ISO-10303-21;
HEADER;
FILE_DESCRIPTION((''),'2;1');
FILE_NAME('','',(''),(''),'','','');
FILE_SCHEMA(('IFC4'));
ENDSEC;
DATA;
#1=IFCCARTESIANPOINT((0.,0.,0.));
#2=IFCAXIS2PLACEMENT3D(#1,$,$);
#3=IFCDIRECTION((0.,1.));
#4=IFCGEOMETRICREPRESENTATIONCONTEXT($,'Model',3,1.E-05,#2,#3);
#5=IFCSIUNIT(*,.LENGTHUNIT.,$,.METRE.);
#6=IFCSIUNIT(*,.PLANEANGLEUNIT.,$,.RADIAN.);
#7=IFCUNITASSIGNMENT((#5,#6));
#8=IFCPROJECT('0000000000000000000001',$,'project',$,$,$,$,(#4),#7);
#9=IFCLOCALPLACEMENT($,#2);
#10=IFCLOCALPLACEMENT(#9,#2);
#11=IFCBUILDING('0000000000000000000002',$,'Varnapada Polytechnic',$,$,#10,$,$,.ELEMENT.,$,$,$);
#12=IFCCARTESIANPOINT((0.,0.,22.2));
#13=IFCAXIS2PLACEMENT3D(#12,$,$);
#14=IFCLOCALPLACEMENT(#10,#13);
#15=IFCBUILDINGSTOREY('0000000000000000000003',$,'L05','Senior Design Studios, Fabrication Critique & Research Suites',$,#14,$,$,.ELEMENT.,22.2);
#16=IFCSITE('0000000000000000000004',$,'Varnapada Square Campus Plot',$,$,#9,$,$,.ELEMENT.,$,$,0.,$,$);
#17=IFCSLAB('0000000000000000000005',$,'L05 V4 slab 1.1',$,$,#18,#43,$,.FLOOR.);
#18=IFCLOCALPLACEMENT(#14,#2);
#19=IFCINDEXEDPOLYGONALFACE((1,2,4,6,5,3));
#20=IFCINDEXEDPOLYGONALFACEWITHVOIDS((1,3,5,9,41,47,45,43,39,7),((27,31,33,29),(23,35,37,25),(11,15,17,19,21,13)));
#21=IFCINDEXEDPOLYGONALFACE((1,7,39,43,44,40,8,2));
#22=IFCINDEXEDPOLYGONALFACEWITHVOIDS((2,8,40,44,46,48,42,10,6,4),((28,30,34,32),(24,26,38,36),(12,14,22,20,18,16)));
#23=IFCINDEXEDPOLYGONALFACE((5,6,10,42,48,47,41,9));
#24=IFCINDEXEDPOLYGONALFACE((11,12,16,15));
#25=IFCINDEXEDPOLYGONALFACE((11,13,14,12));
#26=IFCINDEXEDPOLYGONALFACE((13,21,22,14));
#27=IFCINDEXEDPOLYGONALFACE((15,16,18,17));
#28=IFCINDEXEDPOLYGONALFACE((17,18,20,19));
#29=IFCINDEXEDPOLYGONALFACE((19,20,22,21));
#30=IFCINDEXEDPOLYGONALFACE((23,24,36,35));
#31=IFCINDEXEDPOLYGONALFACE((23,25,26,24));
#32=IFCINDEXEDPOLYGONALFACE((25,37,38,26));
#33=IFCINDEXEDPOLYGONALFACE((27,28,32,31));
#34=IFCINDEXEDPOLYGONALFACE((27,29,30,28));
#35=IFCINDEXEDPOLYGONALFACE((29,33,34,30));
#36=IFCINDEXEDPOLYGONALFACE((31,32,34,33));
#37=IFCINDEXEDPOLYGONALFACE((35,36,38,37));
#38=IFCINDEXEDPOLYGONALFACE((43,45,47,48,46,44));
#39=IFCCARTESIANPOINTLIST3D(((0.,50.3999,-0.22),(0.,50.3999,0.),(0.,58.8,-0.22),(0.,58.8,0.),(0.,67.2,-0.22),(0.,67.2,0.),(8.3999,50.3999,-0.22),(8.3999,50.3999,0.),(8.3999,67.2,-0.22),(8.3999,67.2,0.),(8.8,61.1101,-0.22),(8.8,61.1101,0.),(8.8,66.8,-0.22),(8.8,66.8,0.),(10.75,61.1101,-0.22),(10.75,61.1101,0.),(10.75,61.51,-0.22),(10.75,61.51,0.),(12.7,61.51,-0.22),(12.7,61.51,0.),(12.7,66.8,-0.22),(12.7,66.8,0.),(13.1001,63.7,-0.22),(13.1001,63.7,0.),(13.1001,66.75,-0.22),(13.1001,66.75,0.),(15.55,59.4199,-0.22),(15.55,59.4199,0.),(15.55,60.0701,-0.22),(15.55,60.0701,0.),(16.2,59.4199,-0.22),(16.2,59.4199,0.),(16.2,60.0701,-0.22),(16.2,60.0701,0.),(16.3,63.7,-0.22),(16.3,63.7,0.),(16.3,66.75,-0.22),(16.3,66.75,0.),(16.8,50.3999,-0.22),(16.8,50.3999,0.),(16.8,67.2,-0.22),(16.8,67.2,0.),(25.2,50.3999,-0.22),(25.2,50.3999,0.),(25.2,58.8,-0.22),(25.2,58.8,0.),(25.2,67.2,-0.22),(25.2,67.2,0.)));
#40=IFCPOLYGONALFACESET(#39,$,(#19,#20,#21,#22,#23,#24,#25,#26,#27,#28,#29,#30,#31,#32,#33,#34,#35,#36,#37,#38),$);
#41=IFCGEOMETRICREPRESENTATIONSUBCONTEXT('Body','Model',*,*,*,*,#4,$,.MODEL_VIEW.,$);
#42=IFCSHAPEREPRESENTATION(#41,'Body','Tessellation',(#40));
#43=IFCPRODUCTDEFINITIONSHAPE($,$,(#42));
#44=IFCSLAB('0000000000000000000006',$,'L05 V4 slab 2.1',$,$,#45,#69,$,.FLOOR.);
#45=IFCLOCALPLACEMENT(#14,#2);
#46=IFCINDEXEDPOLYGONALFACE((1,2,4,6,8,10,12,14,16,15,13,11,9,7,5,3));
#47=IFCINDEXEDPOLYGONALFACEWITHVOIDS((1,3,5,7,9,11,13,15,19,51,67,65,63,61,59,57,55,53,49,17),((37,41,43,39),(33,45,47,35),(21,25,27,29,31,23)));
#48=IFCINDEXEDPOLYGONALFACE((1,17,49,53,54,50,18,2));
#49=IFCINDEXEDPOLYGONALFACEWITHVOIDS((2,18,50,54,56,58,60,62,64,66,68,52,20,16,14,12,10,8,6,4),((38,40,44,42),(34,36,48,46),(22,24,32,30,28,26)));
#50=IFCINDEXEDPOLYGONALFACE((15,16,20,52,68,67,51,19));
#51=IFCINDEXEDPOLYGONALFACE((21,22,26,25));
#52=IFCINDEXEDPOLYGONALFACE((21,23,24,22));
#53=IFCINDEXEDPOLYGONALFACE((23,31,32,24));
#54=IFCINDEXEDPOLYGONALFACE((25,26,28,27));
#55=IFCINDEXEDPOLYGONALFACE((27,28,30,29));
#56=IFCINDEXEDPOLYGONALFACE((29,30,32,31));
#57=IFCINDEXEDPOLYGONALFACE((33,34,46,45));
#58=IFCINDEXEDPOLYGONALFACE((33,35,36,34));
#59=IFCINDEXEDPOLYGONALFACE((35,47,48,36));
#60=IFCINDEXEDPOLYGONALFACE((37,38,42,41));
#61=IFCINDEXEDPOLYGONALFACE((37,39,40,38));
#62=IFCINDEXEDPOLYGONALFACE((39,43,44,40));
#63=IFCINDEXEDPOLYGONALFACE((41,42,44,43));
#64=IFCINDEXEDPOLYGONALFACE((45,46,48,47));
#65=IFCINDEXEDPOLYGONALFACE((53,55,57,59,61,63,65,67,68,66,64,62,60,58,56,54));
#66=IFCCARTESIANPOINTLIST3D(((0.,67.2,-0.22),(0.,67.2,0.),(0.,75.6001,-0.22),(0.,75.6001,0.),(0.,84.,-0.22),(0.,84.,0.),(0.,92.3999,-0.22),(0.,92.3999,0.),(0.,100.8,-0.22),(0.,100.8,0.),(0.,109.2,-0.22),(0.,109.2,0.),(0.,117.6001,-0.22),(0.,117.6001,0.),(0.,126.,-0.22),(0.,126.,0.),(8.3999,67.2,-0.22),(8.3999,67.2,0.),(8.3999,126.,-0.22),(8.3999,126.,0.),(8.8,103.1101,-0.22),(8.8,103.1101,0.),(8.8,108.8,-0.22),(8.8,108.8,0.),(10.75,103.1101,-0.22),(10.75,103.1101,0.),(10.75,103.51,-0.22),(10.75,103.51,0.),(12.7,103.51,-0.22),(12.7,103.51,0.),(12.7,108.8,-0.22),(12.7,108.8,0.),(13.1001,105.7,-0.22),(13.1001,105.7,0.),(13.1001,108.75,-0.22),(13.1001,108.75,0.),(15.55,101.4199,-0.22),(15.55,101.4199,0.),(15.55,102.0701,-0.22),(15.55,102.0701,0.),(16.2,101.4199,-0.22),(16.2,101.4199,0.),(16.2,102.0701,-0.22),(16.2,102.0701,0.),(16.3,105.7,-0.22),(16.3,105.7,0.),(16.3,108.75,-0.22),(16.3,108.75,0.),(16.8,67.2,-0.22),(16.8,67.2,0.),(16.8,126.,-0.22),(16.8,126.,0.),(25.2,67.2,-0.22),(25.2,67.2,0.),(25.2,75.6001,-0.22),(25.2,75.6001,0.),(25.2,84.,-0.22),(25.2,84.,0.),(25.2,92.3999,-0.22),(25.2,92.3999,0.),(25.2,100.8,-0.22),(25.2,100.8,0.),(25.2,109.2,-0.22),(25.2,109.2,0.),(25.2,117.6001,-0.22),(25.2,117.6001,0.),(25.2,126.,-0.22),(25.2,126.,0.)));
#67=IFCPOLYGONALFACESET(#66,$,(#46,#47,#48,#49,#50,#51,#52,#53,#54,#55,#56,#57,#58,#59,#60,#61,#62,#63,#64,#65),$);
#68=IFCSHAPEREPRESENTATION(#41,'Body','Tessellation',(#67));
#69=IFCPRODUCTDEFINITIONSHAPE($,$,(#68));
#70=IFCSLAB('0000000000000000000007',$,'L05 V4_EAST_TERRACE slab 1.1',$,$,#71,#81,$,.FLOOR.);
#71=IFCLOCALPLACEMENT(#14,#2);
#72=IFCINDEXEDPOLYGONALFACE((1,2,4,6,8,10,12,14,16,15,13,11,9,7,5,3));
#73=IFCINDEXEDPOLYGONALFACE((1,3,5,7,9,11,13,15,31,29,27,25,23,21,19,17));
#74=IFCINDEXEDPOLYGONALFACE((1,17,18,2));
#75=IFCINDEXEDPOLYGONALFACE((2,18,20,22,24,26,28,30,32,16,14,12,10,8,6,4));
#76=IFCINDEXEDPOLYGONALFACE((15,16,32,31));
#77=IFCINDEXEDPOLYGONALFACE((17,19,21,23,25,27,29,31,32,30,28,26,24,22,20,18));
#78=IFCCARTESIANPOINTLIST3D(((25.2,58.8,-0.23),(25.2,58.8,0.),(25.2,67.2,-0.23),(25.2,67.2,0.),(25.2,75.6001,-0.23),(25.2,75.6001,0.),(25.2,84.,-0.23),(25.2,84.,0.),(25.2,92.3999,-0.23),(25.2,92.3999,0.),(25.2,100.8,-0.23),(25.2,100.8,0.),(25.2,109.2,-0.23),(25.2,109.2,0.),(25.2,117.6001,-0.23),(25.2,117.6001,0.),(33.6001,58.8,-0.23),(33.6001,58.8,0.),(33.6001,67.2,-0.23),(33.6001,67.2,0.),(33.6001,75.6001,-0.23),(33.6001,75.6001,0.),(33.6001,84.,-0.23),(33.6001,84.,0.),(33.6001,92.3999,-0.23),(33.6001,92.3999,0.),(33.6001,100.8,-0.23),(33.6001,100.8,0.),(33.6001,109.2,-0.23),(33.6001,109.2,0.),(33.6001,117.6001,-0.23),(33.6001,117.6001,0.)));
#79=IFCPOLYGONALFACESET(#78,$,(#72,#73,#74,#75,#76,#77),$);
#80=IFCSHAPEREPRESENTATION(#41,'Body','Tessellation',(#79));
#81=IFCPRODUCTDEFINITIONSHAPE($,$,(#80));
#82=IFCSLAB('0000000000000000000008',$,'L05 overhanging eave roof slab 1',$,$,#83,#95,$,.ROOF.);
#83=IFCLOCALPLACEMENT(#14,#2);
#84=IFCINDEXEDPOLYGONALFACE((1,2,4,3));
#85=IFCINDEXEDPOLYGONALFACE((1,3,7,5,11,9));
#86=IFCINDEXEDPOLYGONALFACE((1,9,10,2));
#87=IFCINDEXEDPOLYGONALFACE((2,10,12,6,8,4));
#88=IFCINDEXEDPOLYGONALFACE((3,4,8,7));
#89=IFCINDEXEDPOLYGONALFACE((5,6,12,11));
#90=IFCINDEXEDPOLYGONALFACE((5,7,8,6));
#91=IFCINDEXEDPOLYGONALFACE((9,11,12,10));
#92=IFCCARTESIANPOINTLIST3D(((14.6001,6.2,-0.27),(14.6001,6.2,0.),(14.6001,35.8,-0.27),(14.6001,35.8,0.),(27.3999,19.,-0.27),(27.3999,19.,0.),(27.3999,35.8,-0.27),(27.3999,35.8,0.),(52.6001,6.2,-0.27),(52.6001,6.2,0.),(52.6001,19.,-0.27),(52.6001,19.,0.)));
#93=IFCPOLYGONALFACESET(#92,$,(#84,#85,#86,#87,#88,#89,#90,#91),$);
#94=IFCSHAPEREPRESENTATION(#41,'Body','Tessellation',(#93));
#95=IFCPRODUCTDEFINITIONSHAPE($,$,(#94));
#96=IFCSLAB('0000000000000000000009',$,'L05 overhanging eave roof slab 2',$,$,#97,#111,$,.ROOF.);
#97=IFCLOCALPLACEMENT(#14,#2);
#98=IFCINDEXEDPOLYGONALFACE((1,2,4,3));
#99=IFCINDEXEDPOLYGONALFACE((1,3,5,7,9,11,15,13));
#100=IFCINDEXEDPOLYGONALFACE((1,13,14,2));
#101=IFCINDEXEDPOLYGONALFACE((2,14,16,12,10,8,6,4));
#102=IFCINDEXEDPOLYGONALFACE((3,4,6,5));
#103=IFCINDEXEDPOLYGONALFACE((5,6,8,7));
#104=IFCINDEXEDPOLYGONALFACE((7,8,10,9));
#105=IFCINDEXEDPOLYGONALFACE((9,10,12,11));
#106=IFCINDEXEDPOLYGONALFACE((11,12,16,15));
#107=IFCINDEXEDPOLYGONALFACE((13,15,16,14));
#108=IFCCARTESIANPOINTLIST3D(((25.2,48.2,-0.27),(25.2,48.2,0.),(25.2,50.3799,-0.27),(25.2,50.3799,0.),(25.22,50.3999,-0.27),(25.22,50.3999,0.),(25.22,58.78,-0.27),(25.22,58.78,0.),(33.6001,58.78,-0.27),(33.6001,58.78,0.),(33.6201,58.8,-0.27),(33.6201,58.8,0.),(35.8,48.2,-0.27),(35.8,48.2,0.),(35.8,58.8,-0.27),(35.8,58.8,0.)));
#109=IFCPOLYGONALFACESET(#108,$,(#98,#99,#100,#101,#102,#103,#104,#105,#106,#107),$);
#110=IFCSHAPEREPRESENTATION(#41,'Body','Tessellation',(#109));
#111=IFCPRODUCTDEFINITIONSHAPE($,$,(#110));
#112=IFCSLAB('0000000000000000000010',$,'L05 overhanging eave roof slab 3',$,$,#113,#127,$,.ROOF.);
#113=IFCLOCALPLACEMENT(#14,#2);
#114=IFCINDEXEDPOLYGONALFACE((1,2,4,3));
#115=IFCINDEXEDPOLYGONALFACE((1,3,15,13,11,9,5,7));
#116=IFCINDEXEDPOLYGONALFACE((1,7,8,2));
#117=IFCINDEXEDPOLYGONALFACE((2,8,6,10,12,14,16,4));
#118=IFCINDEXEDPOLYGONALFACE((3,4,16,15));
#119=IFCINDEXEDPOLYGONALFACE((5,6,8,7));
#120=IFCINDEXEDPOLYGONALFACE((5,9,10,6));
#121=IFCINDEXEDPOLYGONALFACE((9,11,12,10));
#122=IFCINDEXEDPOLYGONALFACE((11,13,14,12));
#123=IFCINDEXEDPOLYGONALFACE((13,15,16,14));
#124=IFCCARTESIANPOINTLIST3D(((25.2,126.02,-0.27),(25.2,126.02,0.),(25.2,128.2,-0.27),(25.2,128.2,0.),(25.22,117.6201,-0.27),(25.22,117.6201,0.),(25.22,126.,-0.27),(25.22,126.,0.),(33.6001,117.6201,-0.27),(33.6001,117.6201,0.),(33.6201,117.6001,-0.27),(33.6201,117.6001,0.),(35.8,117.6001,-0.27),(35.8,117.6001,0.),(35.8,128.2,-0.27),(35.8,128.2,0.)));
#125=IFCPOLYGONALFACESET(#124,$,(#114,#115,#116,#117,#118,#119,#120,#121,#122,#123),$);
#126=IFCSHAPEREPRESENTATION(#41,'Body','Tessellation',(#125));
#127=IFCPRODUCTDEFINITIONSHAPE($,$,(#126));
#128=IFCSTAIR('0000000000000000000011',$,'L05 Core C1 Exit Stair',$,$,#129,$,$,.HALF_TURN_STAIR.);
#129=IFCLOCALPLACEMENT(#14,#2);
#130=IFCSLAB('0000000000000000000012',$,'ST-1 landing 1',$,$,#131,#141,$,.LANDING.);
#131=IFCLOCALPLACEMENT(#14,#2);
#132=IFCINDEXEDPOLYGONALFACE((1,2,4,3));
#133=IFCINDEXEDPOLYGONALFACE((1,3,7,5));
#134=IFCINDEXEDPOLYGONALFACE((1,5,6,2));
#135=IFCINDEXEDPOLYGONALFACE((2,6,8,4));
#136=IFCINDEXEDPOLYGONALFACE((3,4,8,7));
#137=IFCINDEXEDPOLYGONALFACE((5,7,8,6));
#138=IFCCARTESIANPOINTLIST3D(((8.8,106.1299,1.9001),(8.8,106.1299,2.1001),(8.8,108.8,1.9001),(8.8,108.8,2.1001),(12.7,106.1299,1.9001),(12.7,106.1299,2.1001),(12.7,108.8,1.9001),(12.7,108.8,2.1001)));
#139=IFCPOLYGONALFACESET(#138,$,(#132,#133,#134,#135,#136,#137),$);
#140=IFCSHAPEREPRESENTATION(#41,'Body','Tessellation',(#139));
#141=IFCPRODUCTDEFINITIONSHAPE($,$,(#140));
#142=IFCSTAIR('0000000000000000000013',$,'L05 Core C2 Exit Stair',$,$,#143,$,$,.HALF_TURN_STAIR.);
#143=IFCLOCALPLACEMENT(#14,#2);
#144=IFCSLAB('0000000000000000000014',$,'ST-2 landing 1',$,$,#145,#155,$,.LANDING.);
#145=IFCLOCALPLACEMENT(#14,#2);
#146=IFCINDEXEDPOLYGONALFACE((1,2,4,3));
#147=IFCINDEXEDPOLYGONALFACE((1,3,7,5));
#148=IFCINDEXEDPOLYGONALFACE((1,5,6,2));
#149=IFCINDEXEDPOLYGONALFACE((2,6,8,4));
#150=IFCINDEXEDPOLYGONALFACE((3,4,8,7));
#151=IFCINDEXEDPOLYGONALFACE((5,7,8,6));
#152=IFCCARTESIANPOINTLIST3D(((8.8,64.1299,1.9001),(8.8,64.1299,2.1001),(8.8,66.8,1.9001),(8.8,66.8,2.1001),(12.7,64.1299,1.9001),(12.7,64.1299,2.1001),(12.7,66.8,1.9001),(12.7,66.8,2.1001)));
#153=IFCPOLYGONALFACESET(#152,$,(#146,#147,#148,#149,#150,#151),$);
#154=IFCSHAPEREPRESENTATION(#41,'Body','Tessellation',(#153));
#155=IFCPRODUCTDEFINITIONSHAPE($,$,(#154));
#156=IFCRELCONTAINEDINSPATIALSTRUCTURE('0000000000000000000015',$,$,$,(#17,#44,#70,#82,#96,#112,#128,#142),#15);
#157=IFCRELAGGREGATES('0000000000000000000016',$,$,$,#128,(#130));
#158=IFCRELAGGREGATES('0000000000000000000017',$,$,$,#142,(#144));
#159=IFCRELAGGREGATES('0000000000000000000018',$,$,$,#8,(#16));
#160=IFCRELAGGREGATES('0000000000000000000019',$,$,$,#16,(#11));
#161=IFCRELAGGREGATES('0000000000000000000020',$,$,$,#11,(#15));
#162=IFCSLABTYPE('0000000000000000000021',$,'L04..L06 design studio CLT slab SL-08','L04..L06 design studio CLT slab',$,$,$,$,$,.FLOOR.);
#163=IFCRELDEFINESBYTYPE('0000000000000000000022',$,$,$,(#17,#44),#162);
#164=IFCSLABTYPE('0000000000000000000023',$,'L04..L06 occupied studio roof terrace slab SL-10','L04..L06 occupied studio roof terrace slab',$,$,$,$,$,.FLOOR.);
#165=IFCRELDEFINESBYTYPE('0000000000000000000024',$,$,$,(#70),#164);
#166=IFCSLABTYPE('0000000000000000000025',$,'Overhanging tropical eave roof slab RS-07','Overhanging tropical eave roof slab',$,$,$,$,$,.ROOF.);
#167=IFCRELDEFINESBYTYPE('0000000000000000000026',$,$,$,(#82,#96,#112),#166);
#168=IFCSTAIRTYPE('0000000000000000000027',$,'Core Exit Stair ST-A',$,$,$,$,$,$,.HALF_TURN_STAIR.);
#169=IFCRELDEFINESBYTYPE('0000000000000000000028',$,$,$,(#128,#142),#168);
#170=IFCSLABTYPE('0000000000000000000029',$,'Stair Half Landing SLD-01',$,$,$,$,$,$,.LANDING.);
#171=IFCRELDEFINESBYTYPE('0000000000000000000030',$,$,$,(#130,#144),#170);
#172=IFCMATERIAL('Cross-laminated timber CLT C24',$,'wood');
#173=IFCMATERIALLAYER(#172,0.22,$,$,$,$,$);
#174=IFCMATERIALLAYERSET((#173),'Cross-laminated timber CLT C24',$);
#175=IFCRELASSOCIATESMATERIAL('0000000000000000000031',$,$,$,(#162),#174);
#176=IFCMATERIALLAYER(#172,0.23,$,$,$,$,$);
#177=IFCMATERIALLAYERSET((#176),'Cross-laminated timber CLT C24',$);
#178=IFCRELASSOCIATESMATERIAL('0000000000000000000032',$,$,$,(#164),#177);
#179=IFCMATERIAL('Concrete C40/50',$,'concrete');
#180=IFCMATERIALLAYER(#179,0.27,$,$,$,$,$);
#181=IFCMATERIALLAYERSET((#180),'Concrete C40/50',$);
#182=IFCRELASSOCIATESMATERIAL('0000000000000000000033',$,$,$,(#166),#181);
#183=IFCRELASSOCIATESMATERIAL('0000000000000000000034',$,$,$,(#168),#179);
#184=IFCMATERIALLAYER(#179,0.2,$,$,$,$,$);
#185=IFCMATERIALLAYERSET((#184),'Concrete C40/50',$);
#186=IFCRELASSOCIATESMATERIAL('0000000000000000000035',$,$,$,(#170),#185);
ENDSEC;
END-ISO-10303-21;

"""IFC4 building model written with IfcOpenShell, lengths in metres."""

from ifc_helpers import new_model, si_unit, direction, frame, origin, place, context, subcontext, project, spatial, polyline, outline, extrude, material, layer, layer_set, type_object, element, aggregate, save


model = new_model("IFC4")

# Units and contexts
model_context = context("Model", 3, precision=1e-05, world=origin(), true_north=direction((0.0, 1.0)))
body_context = subcontext(model_context, "Body", "Model", "MODEL_VIEW")
ifc_project = project(units=[si_unit("LENGTHUNIT", "METRE"), si_unit("PLANEANGLEUNIT", "RADIAN")], contexts=[model_context])

# Site, building, storey
site_placement = place(None, origin())
site = spatial("IfcSite", under=ifc_project, at=site_placement, Name="Varnapada Square Campus Plot", CompositionType="ELEMENT", RefElevation=0.0)
building_placement = place(site_placement, origin())
building = spatial("IfcBuilding", under=site, at=building_placement, Name="Varnapada Polytechnic", CompositionType="ELEMENT")
storey_placement = place(building_placement, frame((0.0, 0.0, 22.2)))
storey = spatial("IfcBuildingStorey", under=building, at=storey_placement, Name="L05", Description="Senior Design Studios, Fabrication Critique & Research Suites", CompositionType="ELEMENT", Elevation=22.2)

# Slabs
ifc_material_1 = material(Name="Cross-laminated timber CLT C24", Category="wood")
ifc_layer_1 = layer(ifc_material_1, 0.22)
ifc_layer_set_1 = layer_set([ifc_layer_1], Name="Cross-laminated timber CLT C24")
slab_type_1 = type_object("IfcSlabType", Name="L04..L06 design studio CLT slab SL-08", Description="L04..L06 design studio CLT slab", PredefinedType="FLOOR", material=ifc_layer_set_1)
slab_1_placement = place(storey_placement, frame((0.0, 0.0, -0.22)))
element("IfcSlab", 1, at=slab_1_placement, inside=storey, type_object=slab_type_1, Name="L05 V4 slab 1.1", PredefinedType="FLOOR", context=body_context, shape_type="SweptSolid", body=[
    extrude(outline(polyline([(0.0, 58.8), (0.0, 67.2), (8.3999, 67.2), (16.8, 67.2), (25.2, 67.2), (25.2, 58.8), (25.2, 50.3999), (16.8, 50.3999), (8.3999, 50.3999), (0.0, 50.3999), (0.0, 58.8)]), holes=[polyline([(8.8, 61.1101), (10.75, 61.1101), (10.75, 61.51), (12.7, 61.51), (12.7, 66.8), (8.8, 66.8), (8.8, 61.1101)]), polyline([(13.1001, 63.7), (16.3, 63.7), (16.3, 66.75), (13.1001, 66.75), (13.1001, 63.7)]), polyline([(15.55, 59.4199), (16.2, 59.4199), (16.2, 60.0701), (15.55, 60.0701), (15.55, 59.4199)])]), origin(), (0.0, 0.0, 1.0), 0.22),
])
slab_2_placement = place(storey_placement, frame((0.0, 0.0, -0.22)))
element("IfcSlab", 2, at=slab_2_placement, inside=storey, type_object=slab_type_1, Name="L05 V4 slab 2.1", PredefinedType="FLOOR", context=body_context, shape_type="SweptSolid", body=[
    extrude(outline(polyline([(0.0, 84.0), (0.0, 92.3999), (0.0, 100.8), (0.0, 109.2), (0.0, 117.6001), (0.0, 126.0), (8.3999, 126.0), (16.8, 126.0), (25.2, 126.0), (25.2, 117.6001), (25.2, 109.2), (25.2, 100.8), (25.2, 92.3999), (25.2, 84.0), (25.2, 75.6001), (25.2, 67.2), (16.8, 67.2), (8.3999, 67.2), (0.0, 67.2), (0.0, 75.6001), (0.0, 84.0)]), holes=[polyline([(8.8, 103.1101), (10.75, 103.1101), (10.75, 103.51), (12.7, 103.51), (12.7, 108.8), (8.8, 108.8), (8.8, 103.1101)]), polyline([(13.1001, 105.7), (16.3, 105.7), (16.3, 108.75), (13.1001, 108.75), (13.1001, 105.7)]), polyline([(15.55, 101.4199), (16.2, 101.4199), (16.2, 102.0701), (15.55, 102.0701), (15.55, 101.4199)])]), origin(), (0.0, 0.0, 1.0), 0.22),
])
ifc_layer_2 = layer(ifc_material_1, 0.23)
ifc_layer_set_2 = layer_set([ifc_layer_2], Name="Cross-laminated timber CLT C24")
slab_type_2 = type_object("IfcSlabType", Name="L04..L06 occupied studio roof terrace slab SL-10", Description="L04..L06 occupied studio roof terrace slab", PredefinedType="FLOOR", material=ifc_layer_set_2)
slab_3_placement = place(storey_placement, frame((0.0, 0.0, -0.23)))
element("IfcSlab", 3, at=slab_3_placement, inside=storey, type_object=slab_type_2, Name="L05 V4_EAST_TERRACE slab 1.1", PredefinedType="FLOOR", context=body_context, shape_type="SweptSolid", body=[
    extrude(outline(polyline([(25.2, 58.8), (25.2, 67.2), (25.2, 75.6001), (25.2, 84.0), (25.2, 92.3999), (25.2, 100.8), (25.2, 109.2), (25.2, 117.6001), (33.6001, 117.6001), (33.6001, 109.2), (33.6001, 100.8), (33.6001, 92.3999), (33.6001, 84.0), (33.6001, 75.6001), (33.6001, 67.2), (33.6001, 58.8), (25.2, 58.8)])), origin(), (0.0, 0.0, 1.0), 0.23),
])
ifc_material_2 = material(Name="Concrete C40/50", Category="concrete")
ifc_layer_3 = layer(ifc_material_2, 0.27)
ifc_layer_set_3 = layer_set([ifc_layer_3], Name="Concrete C40/50")
slab_type_3 = type_object("IfcSlabType", Name="Overhanging tropical eave roof slab RS-07", Description="Overhanging tropical eave roof slab", PredefinedType="ROOF", material=ifc_layer_set_3)
slab_4_placement = place(storey_placement, frame((0.0, 0.0, -0.27)))
element("IfcSlab", 4, at=slab_4_placement, inside=storey, type_object=slab_type_3, Name="L05 overhanging eave roof slab 1", PredefinedType="ROOF", context=body_context, shape_type="SweptSolid", body=[
    extrude(outline(polyline([(27.3999, 19.0), (52.6001, 19.0), (52.6001, 6.2), (14.6001, 6.2), (14.6001, 35.8), (27.3999, 35.8), (27.3999, 19.0)])), origin(), (0.0, 0.0, 1.0), 0.27),
])
slab_5_placement = place(storey_placement, frame((0.0, 0.0, -0.27)))
element("IfcSlab", 5, at=slab_5_placement, inside=storey, type_object=slab_type_3, Name="L05 overhanging eave roof slab 2", PredefinedType="ROOF", context=body_context, shape_type="SweptSolid", body=[
    extrude(outline(polyline([(35.8, 48.2), (25.2, 48.2), (25.2, 50.3799), (25.22, 50.3999), (25.22, 58.78), (33.6001, 58.78), (33.6201, 58.8), (35.8, 58.8), (35.8, 48.2)])), origin(), (0.0, 0.0, 1.0), 0.27),
])
slab_6_placement = place(storey_placement, frame((0.0, 0.0, -0.27)))
element("IfcSlab", 6, at=slab_6_placement, inside=storey, type_object=slab_type_3, Name="L05 overhanging eave roof slab 3", PredefinedType="ROOF", context=body_context, shape_type="SweptSolid", body=[
    extrude(outline(polyline([(35.8, 117.6001), (33.6201, 117.6001), (33.6001, 117.6201), (25.22, 117.6201), (25.22, 126.0), (25.2, 126.02), (25.2, 128.2), (35.8, 128.2), (35.8, 117.6001)])), origin(), (0.0, 0.0, 1.0), 0.27),
])

# Stairs, slabs
stair_type = type_object("IfcStairType", Name="Core Exit Stair ST-A", PredefinedType="HALF_TURN_STAIR", material=ifc_material_2)
stair_1_placement = place(storey_placement, origin())
stair_1 = element("IfcStair", 7, at=stair_1_placement, inside=storey, type_object=stair_type, Name="L05 Core C1 Exit Stair", PredefinedType="HALF_TURN_STAIR")
ifc_layer_4 = layer(ifc_material_2, 0.2)
ifc_layer_set_4 = layer_set([ifc_layer_4], Name="Concrete C40/50")
slab_type_4 = type_object("IfcSlabType", Name="Stair Half Landing SLD-01", PredefinedType="LANDING", material=ifc_layer_set_4)
slab_7_placement = place(storey_placement, frame((0.0, 0.0, 1.9001)))
slab_7 = element("IfcSlab", 8, at=slab_7_placement, type_object=slab_type_4, Name="ST-1 landing 1", PredefinedType="LANDING", context=body_context, shape_type="SweptSolid", body=[
    extrude(outline(polyline([(12.7, 106.1299), (12.7, 108.8), (8.8, 108.8), (8.8, 106.1299), (12.7, 106.1299)])), origin(), (0.0, 0.0, 1.0), 0.2),
])
aggregate(stair_1, [slab_7])
stair_2_placement = place(storey_placement, origin())
stair_2 = element("IfcStair", 9, at=stair_2_placement, inside=storey, type_object=stair_type, Name="L05 Core C2 Exit Stair", PredefinedType="HALF_TURN_STAIR")
slab_8_placement = place(storey_placement, frame((0.0, 0.0, 1.9001)))
slab_8 = element("IfcSlab", 10, at=slab_8_placement, type_object=slab_type_4, Name="ST-2 landing 1", PredefinedType="LANDING", context=body_context, shape_type="SweptSolid", body=[
    extrude(outline(polyline([(12.7, 64.1299), (12.7, 66.8), (8.8, 66.8), (8.8, 64.1299), (12.7, 64.1299)])), origin(), (0.0, 0.0, 1.0), 0.2),
])
aggregate(stair_2, [slab_8])

save(model, "model.ifc")
